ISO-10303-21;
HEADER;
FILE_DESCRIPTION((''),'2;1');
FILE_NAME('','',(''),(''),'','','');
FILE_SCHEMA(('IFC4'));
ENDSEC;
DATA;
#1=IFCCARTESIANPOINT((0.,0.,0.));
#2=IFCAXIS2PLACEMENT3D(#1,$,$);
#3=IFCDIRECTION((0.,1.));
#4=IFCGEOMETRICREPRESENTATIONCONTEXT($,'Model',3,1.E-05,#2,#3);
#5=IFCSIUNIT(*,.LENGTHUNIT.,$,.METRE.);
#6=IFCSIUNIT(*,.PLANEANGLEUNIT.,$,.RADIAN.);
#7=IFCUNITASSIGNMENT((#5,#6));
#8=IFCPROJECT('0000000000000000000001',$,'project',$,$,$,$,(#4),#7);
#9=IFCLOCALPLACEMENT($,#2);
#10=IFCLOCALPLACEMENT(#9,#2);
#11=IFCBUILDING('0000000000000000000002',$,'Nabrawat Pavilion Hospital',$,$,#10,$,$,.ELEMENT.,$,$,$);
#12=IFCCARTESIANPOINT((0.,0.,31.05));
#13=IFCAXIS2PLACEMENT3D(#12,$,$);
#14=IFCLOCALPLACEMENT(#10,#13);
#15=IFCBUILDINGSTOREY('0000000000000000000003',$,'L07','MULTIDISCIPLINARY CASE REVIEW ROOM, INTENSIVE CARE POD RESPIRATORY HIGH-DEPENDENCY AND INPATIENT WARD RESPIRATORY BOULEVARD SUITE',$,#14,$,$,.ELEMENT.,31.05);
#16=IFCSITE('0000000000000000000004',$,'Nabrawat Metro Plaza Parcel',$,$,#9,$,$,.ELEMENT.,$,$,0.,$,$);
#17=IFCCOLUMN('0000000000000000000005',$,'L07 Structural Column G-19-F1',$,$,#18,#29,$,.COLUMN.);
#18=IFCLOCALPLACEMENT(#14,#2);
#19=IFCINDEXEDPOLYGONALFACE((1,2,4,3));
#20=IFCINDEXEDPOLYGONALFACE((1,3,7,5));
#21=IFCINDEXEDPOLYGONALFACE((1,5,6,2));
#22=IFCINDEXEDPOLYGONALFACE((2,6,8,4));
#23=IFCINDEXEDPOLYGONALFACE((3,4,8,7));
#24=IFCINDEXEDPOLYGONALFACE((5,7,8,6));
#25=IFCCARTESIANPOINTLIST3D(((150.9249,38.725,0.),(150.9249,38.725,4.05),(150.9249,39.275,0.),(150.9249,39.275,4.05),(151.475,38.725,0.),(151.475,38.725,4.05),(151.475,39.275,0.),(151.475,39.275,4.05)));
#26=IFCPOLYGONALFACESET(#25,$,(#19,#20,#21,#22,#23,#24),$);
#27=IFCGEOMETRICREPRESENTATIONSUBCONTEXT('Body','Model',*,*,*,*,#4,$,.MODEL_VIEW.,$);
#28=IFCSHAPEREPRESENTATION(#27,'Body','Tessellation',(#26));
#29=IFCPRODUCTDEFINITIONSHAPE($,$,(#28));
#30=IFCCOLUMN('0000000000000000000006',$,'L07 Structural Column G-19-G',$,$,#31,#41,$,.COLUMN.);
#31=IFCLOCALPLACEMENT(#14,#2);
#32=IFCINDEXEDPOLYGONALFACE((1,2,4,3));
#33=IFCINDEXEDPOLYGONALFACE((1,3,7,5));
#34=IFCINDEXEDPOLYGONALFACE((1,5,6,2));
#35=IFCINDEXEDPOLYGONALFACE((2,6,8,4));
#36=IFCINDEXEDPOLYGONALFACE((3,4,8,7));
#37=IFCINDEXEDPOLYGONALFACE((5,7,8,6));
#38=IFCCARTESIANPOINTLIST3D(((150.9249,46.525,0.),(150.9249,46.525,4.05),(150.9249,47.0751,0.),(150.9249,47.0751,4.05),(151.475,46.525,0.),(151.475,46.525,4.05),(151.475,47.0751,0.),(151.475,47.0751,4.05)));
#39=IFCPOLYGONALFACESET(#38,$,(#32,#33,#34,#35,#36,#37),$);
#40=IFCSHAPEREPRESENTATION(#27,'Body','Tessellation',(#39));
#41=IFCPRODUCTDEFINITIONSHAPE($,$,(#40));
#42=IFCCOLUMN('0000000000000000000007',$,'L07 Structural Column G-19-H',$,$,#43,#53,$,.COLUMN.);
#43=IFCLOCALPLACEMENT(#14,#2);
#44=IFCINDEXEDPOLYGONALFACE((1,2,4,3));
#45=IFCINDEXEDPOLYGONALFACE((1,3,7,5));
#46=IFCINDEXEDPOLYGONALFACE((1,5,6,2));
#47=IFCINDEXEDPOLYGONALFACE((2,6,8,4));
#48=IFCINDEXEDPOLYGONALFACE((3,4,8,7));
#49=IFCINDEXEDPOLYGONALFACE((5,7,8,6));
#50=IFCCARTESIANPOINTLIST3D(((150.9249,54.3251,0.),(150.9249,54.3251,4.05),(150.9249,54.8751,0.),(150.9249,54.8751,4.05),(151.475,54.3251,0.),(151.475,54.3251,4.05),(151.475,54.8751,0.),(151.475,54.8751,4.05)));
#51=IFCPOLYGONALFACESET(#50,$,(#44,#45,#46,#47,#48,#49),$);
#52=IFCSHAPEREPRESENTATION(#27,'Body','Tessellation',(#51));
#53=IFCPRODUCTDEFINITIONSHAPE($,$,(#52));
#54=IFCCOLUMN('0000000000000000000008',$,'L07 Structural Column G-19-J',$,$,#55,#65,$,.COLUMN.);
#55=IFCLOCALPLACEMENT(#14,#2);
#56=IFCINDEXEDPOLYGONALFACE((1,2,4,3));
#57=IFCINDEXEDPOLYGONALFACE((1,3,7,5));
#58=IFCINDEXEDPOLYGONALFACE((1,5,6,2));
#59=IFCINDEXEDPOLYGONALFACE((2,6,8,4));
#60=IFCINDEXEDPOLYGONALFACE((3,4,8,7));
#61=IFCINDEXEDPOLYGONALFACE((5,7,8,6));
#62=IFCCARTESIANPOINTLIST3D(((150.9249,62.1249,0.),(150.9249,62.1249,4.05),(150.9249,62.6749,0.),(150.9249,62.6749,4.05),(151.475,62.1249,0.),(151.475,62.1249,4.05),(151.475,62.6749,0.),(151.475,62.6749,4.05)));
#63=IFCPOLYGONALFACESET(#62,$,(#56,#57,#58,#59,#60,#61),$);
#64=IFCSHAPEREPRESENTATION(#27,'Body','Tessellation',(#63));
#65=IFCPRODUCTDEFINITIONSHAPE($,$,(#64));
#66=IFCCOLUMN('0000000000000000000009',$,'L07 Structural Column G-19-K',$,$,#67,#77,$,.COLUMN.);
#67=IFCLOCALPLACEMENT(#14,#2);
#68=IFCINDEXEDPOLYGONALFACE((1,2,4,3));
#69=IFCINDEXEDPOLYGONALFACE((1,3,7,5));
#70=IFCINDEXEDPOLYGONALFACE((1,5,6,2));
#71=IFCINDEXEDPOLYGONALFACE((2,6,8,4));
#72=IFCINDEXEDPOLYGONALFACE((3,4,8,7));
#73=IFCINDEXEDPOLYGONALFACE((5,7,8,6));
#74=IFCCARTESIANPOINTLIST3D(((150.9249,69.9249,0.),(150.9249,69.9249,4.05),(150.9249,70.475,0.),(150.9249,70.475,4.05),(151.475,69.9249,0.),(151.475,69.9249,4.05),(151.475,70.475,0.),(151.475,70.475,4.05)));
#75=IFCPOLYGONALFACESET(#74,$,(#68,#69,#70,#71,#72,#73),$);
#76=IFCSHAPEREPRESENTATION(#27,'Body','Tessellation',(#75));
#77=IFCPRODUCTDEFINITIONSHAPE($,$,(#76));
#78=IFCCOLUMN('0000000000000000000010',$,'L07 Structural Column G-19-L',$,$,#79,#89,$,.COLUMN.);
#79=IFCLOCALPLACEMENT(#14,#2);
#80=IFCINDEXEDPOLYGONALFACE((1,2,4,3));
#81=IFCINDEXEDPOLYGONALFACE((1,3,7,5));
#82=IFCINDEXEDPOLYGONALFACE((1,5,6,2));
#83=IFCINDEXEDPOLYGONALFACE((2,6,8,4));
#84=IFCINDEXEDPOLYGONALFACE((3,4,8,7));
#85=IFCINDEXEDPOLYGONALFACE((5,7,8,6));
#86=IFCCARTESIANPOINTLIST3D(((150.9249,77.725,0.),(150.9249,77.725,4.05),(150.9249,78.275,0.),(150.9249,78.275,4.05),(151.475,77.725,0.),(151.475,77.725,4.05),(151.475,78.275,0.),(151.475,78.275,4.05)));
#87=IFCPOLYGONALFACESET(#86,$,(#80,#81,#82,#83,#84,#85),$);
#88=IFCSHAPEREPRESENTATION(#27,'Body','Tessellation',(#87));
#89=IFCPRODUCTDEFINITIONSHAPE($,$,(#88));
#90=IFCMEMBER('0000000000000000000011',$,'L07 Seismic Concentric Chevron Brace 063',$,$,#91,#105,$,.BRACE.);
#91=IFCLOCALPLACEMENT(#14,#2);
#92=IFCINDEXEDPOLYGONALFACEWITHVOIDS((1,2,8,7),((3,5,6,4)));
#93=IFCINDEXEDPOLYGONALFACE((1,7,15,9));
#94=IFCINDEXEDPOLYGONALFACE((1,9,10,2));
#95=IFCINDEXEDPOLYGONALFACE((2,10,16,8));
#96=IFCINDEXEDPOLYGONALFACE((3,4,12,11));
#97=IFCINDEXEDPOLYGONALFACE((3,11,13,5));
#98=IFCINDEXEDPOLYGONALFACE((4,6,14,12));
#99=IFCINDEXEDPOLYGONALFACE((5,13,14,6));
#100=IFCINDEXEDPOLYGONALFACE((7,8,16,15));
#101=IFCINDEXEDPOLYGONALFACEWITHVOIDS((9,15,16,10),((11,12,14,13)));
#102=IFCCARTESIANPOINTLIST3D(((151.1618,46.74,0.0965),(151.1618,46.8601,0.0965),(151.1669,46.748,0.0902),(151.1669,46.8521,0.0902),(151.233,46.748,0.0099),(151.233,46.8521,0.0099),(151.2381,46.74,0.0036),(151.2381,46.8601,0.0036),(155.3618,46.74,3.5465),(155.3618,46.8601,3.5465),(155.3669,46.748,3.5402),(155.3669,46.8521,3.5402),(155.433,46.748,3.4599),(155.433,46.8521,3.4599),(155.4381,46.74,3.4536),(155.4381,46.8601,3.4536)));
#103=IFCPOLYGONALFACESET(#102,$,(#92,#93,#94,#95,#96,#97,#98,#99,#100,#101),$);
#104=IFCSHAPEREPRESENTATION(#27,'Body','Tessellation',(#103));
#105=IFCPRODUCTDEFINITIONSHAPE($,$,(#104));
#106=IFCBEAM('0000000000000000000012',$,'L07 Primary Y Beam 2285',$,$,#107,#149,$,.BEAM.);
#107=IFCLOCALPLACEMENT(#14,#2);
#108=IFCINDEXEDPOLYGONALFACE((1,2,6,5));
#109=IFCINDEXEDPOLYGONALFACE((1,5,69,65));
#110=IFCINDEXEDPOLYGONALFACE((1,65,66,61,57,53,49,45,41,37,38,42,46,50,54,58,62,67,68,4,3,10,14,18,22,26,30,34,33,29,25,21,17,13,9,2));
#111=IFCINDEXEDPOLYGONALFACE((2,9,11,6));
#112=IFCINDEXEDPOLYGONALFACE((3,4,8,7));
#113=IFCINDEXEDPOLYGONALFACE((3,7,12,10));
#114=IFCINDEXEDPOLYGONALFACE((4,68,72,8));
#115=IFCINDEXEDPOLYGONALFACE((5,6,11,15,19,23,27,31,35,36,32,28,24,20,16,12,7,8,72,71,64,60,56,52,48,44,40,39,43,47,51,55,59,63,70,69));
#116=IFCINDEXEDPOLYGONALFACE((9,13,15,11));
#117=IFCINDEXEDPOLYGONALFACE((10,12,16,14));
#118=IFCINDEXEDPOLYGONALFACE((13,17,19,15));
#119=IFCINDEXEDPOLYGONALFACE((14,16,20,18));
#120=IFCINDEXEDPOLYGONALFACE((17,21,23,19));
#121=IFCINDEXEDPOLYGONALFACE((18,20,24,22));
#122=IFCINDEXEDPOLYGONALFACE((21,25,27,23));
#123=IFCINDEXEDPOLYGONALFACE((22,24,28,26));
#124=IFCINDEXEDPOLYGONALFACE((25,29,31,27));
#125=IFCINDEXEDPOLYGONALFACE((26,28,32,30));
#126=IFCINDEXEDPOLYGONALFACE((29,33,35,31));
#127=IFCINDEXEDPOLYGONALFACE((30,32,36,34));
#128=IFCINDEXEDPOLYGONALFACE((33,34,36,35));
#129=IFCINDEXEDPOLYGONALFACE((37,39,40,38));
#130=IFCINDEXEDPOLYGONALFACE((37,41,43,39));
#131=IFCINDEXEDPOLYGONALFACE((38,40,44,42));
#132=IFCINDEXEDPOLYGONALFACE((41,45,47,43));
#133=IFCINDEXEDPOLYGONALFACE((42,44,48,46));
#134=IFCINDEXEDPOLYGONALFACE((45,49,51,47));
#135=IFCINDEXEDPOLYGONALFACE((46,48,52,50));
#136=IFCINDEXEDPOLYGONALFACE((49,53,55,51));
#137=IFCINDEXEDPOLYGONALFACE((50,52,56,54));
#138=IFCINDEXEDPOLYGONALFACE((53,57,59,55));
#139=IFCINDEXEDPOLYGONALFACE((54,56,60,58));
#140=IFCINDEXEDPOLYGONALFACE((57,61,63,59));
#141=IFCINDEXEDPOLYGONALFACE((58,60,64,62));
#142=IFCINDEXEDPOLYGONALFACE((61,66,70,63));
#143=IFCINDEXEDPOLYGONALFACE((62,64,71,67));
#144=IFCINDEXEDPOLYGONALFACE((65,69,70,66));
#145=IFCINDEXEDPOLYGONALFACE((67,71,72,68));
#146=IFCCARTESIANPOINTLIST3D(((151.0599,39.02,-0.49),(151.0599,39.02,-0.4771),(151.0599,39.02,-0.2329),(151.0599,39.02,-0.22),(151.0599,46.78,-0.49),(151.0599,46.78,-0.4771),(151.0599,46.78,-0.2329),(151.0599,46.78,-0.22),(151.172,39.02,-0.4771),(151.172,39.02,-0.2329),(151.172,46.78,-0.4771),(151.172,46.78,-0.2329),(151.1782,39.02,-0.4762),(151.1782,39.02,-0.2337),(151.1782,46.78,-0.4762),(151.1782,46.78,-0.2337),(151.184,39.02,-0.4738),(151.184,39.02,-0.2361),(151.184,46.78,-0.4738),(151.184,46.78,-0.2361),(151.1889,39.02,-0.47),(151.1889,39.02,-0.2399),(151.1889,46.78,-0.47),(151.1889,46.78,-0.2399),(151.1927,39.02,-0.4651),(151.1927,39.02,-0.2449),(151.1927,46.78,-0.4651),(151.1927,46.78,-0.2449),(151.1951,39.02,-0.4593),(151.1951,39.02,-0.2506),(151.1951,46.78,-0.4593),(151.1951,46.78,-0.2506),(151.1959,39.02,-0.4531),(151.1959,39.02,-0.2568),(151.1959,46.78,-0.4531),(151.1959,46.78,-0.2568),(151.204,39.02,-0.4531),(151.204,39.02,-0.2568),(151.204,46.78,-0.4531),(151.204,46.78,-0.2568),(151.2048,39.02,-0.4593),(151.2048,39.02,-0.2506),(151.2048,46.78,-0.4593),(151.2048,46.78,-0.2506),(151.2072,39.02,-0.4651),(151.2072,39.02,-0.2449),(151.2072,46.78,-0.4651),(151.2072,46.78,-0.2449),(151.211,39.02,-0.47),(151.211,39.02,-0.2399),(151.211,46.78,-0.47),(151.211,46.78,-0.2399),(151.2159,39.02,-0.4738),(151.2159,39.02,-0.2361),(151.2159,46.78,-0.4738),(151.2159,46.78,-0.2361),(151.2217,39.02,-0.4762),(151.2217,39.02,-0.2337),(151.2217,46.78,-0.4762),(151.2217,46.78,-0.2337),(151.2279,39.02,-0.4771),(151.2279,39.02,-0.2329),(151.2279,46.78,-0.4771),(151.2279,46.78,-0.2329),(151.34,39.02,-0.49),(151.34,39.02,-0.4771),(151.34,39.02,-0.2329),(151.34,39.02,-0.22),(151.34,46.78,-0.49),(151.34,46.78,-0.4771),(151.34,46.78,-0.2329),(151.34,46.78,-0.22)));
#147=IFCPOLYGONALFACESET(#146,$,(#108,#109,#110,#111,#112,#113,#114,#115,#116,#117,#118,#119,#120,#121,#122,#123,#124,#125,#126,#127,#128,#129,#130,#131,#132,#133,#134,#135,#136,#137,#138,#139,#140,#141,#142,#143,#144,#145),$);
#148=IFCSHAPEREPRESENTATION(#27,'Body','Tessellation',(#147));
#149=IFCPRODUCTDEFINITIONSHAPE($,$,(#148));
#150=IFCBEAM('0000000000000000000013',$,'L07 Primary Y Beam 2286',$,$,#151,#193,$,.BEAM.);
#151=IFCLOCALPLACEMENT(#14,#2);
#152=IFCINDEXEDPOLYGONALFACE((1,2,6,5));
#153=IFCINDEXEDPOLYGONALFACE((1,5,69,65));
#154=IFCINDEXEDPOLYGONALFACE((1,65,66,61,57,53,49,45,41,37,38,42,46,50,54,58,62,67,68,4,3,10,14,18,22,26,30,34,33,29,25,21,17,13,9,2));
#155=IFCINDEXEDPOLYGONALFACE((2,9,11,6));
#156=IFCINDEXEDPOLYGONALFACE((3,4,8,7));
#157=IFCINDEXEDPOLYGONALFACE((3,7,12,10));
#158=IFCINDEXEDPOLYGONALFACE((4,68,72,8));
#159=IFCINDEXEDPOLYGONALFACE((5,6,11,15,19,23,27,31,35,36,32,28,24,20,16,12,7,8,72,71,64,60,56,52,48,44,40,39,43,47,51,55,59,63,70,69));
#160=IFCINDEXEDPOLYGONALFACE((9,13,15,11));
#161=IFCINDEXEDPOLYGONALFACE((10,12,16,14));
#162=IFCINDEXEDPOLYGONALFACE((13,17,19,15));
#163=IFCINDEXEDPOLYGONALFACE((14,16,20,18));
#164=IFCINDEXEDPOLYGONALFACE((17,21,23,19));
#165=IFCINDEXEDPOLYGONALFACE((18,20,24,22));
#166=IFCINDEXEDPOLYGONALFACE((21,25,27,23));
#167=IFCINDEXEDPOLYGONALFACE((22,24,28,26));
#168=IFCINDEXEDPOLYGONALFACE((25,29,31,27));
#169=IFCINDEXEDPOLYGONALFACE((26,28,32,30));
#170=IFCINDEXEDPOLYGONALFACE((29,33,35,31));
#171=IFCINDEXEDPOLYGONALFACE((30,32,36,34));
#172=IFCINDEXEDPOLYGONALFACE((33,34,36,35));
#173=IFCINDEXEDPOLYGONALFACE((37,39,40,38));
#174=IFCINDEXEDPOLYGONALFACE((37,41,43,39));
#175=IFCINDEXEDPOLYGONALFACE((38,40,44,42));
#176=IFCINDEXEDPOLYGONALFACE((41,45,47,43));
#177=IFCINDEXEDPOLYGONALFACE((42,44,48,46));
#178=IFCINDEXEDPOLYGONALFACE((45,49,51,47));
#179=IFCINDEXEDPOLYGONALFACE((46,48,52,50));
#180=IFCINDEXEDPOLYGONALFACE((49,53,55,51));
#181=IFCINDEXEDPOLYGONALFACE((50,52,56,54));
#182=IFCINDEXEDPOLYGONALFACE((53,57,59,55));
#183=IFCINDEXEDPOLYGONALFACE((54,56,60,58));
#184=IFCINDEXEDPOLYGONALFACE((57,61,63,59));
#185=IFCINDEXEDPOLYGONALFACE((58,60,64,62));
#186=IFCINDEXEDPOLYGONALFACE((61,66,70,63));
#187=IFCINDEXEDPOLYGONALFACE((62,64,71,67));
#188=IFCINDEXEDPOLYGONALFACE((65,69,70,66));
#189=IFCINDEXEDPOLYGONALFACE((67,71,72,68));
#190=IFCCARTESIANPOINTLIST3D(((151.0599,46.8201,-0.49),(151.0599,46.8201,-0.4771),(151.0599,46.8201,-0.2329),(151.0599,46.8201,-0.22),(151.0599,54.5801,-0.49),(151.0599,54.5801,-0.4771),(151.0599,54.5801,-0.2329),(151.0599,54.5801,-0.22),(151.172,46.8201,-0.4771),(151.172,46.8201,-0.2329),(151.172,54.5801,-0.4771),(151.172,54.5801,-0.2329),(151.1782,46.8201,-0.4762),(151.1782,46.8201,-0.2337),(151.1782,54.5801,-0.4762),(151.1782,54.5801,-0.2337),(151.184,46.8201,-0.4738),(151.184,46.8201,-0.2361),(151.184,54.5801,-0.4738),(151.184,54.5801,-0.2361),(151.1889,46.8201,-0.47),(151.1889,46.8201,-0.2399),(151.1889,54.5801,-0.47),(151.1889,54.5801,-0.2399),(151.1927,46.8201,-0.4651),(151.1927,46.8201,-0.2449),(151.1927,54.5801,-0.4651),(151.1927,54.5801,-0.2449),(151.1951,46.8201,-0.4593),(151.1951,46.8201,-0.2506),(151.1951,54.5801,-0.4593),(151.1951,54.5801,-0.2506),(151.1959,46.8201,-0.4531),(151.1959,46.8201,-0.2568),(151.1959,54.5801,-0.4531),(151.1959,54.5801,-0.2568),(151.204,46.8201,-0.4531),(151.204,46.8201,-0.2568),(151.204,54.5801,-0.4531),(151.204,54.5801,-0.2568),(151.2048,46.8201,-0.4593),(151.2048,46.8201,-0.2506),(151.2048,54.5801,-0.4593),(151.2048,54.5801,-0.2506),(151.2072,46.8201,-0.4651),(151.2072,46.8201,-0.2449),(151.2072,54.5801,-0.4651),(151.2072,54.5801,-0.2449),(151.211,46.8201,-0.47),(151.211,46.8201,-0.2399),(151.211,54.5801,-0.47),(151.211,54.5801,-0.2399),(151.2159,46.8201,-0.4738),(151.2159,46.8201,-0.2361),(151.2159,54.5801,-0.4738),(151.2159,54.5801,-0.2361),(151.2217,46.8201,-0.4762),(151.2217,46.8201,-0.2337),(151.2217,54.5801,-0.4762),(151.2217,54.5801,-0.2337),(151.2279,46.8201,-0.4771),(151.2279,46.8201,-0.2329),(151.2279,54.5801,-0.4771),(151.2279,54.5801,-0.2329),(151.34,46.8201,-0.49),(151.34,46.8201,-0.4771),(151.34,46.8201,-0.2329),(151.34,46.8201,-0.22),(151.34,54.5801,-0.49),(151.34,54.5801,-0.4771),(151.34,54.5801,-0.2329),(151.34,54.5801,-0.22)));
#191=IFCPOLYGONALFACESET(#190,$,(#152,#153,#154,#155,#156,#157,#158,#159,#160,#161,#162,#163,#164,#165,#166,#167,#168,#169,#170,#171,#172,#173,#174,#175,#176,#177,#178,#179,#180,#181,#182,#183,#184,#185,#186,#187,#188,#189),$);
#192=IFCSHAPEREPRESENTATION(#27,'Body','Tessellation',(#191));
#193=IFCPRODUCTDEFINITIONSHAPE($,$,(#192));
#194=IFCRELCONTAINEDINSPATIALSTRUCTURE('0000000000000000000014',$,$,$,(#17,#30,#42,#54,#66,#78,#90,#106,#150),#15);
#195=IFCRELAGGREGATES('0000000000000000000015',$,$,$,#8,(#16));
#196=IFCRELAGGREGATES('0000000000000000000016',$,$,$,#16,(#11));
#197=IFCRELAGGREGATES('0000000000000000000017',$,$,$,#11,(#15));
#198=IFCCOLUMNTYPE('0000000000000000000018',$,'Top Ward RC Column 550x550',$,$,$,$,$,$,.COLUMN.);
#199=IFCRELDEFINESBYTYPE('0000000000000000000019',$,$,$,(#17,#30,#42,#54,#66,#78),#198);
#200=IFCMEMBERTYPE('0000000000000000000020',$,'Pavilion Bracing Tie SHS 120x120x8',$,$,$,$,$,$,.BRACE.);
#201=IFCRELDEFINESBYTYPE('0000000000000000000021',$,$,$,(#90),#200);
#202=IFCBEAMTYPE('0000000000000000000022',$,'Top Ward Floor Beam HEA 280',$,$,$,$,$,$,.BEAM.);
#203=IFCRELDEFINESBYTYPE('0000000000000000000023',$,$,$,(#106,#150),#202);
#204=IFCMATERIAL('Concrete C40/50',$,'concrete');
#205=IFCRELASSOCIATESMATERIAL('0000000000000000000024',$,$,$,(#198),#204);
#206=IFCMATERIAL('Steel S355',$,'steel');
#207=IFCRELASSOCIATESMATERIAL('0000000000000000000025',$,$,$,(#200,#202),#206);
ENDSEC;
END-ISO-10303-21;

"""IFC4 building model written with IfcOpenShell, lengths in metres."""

from ifc_helpers import new_model, si_unit, direction, frame, origin, origin_2d, place, context, subcontext, project, spatial, rectangle, hollow_rectangle, i_section, extrude, material, material_profile, profile_set, type_object, element, save


model = new_model("IFC4")

# Units and contexts
model_context = context("Model", 3, precision=1e-05, world=origin(), true_north=direction((0.0, 1.0)))
body_context = subcontext(model_context, "Body", "Model", "MODEL_VIEW")
ifc_project = project(units=[si_unit("LENGTHUNIT", "METRE"), si_unit("PLANEANGLEUNIT", "RADIAN")], contexts=[model_context])

# Site, building, storey
site_placement = place(None, origin())
site = spatial("IfcSite", under=ifc_project, at=site_placement, Name="Nabrawat Metro Plaza Parcel", CompositionType="ELEMENT", RefElevation=0.0)
building_placement = place(site_placement, origin())
building = spatial("IfcBuilding", under=site, at=building_placement, Name="Nabrawat Pavilion Hospital", CompositionType="ELEMENT")
storey_placement = place(building_placement, frame((0.0, 0.0, 31.05)))
storey = spatial("IfcBuildingStorey", under=building, at=storey_placement, Name="L07", Description="MULTIDISCIPLINARY CASE REVIEW ROOM, INTENSIVE CARE POD RESPIRATORY HIGH-DEPENDENCY AND INPATIENT WARD RESPIRATORY BOULEVARD SUITE", CompositionType="ELEMENT", Elevation=31.05)

# Columns
ifc_material_1 = material(Name="Concrete C40/50", Category="concrete")
ifc_material_profile_1 = material_profile(ifc_material_1, rectangle(XDim=0.55, YDim=0.55, at=origin_2d()), Name="RC 550x550")
ifc_profile_set_1 = profile_set([ifc_material_profile_1], Name="Concrete C40/50")
column_type = type_object("IfcColumnType", Name="Top Ward RC Column 550x550", PredefinedType="COLUMN", material=ifc_profile_set_1)
for number, where, z_axis, x_axis, name in (
    (1, (151.2, 39.0, 0.0), (0.0, 0.0, 1.0), (1.0, 0.0, 0.0), "L07 Structural Column G-19-F1"),
    (2, (151.2, 46.8, 0.0), (0.0, 0.0, 1.0), (1.0, 0.0, 0.0), "L07 Structural Column G-19-G"),
    (3, (151.2, 54.6001, 0.0), (0.0, 0.0, 1.0), (1.0, 0.0, 0.0), "L07 Structural Column G-19-H"),
    (4, (151.2, 62.3999, 0.0), (0.0, 0.0, 1.0), (1.0, 0.0, 0.0), "L07 Structural Column G-19-J"),
    (5, (151.2, 70.2, 0.0), (0.0, 0.0, 1.0), (1.0, 0.0, 0.0), "L07 Structural Column G-19-K"),
    (6, (151.2, 78.0, 0.0), (0.0, 0.0, 1.0), (1.0, 0.0, 0.0), "L07 Structural Column G-19-L"),
):
    element("IfcColumn", number, at=place(storey_placement, frame(where, z_axis=z_axis, x_axis=x_axis)), inside=storey, type_object=column_type, Name=name, PredefinedType="COLUMN", context=body_context, shape_type="SweptSolid", body=[
        extrude(rectangle(XDim=0.55, YDim=0.55, at=origin_2d()), origin(), (0.0, 0.0, 1.0), 4.05),
    ])

# Member
ifc_material_2 = material(Name="Steel S355", Category="steel")
ifc_material_profile_2 = material_profile(ifc_material_2, hollow_rectangle(XDim=0.1201, YDim=0.1201, WallThickness=0.0081, at=origin_2d()), Name="SHS 120x120x8")
ifc_profile_set_2 = profile_set([ifc_material_profile_2], Name="Steel S355")
member_type = type_object("IfcMemberType", Name="Pavilion Bracing Tie SHS 120x120x8", PredefinedType="BRACE", material=ifc_profile_set_2)
member_placement = place(storey_placement, frame((151.2, 46.8, 0.05), z_axis=(0.772727, 0.0, 0.634738), x_axis=(0.0, 1.0, 0.0)))
element("IfcMember", 7, at=member_placement, inside=storey, type_object=member_type, Name="L07 Seismic Concentric Chevron Brace 063", PredefinedType="BRACE", context=body_context, shape_type="SweptSolid", body=[
    extrude(hollow_rectangle(XDim=0.1201, YDim=0.1201, WallThickness=0.0081, at=origin_2d()), origin(), (0.0, 0.0, 1.0), 5.4353),
])

# Beams
ifc_material_profile_3 = material_profile(ifc_material_2, i_section(OverallWidth=0.28, OverallDepth=0.27, WebThickness=0.0081, FlangeThickness=0.0129, FilletRadius=0.0239, at=origin_2d()), Name="HEA 280")
ifc_profile_set_3 = profile_set([ifc_material_profile_3], Name="Steel S355")
beam_type_1 = type_object("IfcBeamType", Name="Top Ward Floor Beam HEA 280", PredefinedType="BEAM", material=ifc_profile_set_3)
for number, where, z_axis, x_axis, name in (
    (8, (151.2, 39.02, -0.355), (0.0, 1.0, 0.0), (-1.0, 0.0, 0.0), "L07 Primary Y Beam 2285"),
    (9, (151.2, 46.8201, -0.355), (0.0, 1.0, 0.0), (-1.0, 0.0, 0.0), "L07 Primary Y Beam 2286"),
):
    element("IfcBeam", number, at=place(storey_placement, frame(where, z_axis=z_axis, x_axis=x_axis)), inside=storey, type_object=beam_type_1, Name=name, PredefinedType="BEAM", context=body_context, shape_type="SweptSolid", body=[
        extrude(i_section(OverallWidth=0.28, OverallDepth=0.27, WebThickness=0.0081, FlangeThickness=0.0129, FilletRadius=0.0239, at=origin_2d()), origin(), (0.0, 0.0, 1.0), 7.76),
    ])

save(model, "model.ifc")
